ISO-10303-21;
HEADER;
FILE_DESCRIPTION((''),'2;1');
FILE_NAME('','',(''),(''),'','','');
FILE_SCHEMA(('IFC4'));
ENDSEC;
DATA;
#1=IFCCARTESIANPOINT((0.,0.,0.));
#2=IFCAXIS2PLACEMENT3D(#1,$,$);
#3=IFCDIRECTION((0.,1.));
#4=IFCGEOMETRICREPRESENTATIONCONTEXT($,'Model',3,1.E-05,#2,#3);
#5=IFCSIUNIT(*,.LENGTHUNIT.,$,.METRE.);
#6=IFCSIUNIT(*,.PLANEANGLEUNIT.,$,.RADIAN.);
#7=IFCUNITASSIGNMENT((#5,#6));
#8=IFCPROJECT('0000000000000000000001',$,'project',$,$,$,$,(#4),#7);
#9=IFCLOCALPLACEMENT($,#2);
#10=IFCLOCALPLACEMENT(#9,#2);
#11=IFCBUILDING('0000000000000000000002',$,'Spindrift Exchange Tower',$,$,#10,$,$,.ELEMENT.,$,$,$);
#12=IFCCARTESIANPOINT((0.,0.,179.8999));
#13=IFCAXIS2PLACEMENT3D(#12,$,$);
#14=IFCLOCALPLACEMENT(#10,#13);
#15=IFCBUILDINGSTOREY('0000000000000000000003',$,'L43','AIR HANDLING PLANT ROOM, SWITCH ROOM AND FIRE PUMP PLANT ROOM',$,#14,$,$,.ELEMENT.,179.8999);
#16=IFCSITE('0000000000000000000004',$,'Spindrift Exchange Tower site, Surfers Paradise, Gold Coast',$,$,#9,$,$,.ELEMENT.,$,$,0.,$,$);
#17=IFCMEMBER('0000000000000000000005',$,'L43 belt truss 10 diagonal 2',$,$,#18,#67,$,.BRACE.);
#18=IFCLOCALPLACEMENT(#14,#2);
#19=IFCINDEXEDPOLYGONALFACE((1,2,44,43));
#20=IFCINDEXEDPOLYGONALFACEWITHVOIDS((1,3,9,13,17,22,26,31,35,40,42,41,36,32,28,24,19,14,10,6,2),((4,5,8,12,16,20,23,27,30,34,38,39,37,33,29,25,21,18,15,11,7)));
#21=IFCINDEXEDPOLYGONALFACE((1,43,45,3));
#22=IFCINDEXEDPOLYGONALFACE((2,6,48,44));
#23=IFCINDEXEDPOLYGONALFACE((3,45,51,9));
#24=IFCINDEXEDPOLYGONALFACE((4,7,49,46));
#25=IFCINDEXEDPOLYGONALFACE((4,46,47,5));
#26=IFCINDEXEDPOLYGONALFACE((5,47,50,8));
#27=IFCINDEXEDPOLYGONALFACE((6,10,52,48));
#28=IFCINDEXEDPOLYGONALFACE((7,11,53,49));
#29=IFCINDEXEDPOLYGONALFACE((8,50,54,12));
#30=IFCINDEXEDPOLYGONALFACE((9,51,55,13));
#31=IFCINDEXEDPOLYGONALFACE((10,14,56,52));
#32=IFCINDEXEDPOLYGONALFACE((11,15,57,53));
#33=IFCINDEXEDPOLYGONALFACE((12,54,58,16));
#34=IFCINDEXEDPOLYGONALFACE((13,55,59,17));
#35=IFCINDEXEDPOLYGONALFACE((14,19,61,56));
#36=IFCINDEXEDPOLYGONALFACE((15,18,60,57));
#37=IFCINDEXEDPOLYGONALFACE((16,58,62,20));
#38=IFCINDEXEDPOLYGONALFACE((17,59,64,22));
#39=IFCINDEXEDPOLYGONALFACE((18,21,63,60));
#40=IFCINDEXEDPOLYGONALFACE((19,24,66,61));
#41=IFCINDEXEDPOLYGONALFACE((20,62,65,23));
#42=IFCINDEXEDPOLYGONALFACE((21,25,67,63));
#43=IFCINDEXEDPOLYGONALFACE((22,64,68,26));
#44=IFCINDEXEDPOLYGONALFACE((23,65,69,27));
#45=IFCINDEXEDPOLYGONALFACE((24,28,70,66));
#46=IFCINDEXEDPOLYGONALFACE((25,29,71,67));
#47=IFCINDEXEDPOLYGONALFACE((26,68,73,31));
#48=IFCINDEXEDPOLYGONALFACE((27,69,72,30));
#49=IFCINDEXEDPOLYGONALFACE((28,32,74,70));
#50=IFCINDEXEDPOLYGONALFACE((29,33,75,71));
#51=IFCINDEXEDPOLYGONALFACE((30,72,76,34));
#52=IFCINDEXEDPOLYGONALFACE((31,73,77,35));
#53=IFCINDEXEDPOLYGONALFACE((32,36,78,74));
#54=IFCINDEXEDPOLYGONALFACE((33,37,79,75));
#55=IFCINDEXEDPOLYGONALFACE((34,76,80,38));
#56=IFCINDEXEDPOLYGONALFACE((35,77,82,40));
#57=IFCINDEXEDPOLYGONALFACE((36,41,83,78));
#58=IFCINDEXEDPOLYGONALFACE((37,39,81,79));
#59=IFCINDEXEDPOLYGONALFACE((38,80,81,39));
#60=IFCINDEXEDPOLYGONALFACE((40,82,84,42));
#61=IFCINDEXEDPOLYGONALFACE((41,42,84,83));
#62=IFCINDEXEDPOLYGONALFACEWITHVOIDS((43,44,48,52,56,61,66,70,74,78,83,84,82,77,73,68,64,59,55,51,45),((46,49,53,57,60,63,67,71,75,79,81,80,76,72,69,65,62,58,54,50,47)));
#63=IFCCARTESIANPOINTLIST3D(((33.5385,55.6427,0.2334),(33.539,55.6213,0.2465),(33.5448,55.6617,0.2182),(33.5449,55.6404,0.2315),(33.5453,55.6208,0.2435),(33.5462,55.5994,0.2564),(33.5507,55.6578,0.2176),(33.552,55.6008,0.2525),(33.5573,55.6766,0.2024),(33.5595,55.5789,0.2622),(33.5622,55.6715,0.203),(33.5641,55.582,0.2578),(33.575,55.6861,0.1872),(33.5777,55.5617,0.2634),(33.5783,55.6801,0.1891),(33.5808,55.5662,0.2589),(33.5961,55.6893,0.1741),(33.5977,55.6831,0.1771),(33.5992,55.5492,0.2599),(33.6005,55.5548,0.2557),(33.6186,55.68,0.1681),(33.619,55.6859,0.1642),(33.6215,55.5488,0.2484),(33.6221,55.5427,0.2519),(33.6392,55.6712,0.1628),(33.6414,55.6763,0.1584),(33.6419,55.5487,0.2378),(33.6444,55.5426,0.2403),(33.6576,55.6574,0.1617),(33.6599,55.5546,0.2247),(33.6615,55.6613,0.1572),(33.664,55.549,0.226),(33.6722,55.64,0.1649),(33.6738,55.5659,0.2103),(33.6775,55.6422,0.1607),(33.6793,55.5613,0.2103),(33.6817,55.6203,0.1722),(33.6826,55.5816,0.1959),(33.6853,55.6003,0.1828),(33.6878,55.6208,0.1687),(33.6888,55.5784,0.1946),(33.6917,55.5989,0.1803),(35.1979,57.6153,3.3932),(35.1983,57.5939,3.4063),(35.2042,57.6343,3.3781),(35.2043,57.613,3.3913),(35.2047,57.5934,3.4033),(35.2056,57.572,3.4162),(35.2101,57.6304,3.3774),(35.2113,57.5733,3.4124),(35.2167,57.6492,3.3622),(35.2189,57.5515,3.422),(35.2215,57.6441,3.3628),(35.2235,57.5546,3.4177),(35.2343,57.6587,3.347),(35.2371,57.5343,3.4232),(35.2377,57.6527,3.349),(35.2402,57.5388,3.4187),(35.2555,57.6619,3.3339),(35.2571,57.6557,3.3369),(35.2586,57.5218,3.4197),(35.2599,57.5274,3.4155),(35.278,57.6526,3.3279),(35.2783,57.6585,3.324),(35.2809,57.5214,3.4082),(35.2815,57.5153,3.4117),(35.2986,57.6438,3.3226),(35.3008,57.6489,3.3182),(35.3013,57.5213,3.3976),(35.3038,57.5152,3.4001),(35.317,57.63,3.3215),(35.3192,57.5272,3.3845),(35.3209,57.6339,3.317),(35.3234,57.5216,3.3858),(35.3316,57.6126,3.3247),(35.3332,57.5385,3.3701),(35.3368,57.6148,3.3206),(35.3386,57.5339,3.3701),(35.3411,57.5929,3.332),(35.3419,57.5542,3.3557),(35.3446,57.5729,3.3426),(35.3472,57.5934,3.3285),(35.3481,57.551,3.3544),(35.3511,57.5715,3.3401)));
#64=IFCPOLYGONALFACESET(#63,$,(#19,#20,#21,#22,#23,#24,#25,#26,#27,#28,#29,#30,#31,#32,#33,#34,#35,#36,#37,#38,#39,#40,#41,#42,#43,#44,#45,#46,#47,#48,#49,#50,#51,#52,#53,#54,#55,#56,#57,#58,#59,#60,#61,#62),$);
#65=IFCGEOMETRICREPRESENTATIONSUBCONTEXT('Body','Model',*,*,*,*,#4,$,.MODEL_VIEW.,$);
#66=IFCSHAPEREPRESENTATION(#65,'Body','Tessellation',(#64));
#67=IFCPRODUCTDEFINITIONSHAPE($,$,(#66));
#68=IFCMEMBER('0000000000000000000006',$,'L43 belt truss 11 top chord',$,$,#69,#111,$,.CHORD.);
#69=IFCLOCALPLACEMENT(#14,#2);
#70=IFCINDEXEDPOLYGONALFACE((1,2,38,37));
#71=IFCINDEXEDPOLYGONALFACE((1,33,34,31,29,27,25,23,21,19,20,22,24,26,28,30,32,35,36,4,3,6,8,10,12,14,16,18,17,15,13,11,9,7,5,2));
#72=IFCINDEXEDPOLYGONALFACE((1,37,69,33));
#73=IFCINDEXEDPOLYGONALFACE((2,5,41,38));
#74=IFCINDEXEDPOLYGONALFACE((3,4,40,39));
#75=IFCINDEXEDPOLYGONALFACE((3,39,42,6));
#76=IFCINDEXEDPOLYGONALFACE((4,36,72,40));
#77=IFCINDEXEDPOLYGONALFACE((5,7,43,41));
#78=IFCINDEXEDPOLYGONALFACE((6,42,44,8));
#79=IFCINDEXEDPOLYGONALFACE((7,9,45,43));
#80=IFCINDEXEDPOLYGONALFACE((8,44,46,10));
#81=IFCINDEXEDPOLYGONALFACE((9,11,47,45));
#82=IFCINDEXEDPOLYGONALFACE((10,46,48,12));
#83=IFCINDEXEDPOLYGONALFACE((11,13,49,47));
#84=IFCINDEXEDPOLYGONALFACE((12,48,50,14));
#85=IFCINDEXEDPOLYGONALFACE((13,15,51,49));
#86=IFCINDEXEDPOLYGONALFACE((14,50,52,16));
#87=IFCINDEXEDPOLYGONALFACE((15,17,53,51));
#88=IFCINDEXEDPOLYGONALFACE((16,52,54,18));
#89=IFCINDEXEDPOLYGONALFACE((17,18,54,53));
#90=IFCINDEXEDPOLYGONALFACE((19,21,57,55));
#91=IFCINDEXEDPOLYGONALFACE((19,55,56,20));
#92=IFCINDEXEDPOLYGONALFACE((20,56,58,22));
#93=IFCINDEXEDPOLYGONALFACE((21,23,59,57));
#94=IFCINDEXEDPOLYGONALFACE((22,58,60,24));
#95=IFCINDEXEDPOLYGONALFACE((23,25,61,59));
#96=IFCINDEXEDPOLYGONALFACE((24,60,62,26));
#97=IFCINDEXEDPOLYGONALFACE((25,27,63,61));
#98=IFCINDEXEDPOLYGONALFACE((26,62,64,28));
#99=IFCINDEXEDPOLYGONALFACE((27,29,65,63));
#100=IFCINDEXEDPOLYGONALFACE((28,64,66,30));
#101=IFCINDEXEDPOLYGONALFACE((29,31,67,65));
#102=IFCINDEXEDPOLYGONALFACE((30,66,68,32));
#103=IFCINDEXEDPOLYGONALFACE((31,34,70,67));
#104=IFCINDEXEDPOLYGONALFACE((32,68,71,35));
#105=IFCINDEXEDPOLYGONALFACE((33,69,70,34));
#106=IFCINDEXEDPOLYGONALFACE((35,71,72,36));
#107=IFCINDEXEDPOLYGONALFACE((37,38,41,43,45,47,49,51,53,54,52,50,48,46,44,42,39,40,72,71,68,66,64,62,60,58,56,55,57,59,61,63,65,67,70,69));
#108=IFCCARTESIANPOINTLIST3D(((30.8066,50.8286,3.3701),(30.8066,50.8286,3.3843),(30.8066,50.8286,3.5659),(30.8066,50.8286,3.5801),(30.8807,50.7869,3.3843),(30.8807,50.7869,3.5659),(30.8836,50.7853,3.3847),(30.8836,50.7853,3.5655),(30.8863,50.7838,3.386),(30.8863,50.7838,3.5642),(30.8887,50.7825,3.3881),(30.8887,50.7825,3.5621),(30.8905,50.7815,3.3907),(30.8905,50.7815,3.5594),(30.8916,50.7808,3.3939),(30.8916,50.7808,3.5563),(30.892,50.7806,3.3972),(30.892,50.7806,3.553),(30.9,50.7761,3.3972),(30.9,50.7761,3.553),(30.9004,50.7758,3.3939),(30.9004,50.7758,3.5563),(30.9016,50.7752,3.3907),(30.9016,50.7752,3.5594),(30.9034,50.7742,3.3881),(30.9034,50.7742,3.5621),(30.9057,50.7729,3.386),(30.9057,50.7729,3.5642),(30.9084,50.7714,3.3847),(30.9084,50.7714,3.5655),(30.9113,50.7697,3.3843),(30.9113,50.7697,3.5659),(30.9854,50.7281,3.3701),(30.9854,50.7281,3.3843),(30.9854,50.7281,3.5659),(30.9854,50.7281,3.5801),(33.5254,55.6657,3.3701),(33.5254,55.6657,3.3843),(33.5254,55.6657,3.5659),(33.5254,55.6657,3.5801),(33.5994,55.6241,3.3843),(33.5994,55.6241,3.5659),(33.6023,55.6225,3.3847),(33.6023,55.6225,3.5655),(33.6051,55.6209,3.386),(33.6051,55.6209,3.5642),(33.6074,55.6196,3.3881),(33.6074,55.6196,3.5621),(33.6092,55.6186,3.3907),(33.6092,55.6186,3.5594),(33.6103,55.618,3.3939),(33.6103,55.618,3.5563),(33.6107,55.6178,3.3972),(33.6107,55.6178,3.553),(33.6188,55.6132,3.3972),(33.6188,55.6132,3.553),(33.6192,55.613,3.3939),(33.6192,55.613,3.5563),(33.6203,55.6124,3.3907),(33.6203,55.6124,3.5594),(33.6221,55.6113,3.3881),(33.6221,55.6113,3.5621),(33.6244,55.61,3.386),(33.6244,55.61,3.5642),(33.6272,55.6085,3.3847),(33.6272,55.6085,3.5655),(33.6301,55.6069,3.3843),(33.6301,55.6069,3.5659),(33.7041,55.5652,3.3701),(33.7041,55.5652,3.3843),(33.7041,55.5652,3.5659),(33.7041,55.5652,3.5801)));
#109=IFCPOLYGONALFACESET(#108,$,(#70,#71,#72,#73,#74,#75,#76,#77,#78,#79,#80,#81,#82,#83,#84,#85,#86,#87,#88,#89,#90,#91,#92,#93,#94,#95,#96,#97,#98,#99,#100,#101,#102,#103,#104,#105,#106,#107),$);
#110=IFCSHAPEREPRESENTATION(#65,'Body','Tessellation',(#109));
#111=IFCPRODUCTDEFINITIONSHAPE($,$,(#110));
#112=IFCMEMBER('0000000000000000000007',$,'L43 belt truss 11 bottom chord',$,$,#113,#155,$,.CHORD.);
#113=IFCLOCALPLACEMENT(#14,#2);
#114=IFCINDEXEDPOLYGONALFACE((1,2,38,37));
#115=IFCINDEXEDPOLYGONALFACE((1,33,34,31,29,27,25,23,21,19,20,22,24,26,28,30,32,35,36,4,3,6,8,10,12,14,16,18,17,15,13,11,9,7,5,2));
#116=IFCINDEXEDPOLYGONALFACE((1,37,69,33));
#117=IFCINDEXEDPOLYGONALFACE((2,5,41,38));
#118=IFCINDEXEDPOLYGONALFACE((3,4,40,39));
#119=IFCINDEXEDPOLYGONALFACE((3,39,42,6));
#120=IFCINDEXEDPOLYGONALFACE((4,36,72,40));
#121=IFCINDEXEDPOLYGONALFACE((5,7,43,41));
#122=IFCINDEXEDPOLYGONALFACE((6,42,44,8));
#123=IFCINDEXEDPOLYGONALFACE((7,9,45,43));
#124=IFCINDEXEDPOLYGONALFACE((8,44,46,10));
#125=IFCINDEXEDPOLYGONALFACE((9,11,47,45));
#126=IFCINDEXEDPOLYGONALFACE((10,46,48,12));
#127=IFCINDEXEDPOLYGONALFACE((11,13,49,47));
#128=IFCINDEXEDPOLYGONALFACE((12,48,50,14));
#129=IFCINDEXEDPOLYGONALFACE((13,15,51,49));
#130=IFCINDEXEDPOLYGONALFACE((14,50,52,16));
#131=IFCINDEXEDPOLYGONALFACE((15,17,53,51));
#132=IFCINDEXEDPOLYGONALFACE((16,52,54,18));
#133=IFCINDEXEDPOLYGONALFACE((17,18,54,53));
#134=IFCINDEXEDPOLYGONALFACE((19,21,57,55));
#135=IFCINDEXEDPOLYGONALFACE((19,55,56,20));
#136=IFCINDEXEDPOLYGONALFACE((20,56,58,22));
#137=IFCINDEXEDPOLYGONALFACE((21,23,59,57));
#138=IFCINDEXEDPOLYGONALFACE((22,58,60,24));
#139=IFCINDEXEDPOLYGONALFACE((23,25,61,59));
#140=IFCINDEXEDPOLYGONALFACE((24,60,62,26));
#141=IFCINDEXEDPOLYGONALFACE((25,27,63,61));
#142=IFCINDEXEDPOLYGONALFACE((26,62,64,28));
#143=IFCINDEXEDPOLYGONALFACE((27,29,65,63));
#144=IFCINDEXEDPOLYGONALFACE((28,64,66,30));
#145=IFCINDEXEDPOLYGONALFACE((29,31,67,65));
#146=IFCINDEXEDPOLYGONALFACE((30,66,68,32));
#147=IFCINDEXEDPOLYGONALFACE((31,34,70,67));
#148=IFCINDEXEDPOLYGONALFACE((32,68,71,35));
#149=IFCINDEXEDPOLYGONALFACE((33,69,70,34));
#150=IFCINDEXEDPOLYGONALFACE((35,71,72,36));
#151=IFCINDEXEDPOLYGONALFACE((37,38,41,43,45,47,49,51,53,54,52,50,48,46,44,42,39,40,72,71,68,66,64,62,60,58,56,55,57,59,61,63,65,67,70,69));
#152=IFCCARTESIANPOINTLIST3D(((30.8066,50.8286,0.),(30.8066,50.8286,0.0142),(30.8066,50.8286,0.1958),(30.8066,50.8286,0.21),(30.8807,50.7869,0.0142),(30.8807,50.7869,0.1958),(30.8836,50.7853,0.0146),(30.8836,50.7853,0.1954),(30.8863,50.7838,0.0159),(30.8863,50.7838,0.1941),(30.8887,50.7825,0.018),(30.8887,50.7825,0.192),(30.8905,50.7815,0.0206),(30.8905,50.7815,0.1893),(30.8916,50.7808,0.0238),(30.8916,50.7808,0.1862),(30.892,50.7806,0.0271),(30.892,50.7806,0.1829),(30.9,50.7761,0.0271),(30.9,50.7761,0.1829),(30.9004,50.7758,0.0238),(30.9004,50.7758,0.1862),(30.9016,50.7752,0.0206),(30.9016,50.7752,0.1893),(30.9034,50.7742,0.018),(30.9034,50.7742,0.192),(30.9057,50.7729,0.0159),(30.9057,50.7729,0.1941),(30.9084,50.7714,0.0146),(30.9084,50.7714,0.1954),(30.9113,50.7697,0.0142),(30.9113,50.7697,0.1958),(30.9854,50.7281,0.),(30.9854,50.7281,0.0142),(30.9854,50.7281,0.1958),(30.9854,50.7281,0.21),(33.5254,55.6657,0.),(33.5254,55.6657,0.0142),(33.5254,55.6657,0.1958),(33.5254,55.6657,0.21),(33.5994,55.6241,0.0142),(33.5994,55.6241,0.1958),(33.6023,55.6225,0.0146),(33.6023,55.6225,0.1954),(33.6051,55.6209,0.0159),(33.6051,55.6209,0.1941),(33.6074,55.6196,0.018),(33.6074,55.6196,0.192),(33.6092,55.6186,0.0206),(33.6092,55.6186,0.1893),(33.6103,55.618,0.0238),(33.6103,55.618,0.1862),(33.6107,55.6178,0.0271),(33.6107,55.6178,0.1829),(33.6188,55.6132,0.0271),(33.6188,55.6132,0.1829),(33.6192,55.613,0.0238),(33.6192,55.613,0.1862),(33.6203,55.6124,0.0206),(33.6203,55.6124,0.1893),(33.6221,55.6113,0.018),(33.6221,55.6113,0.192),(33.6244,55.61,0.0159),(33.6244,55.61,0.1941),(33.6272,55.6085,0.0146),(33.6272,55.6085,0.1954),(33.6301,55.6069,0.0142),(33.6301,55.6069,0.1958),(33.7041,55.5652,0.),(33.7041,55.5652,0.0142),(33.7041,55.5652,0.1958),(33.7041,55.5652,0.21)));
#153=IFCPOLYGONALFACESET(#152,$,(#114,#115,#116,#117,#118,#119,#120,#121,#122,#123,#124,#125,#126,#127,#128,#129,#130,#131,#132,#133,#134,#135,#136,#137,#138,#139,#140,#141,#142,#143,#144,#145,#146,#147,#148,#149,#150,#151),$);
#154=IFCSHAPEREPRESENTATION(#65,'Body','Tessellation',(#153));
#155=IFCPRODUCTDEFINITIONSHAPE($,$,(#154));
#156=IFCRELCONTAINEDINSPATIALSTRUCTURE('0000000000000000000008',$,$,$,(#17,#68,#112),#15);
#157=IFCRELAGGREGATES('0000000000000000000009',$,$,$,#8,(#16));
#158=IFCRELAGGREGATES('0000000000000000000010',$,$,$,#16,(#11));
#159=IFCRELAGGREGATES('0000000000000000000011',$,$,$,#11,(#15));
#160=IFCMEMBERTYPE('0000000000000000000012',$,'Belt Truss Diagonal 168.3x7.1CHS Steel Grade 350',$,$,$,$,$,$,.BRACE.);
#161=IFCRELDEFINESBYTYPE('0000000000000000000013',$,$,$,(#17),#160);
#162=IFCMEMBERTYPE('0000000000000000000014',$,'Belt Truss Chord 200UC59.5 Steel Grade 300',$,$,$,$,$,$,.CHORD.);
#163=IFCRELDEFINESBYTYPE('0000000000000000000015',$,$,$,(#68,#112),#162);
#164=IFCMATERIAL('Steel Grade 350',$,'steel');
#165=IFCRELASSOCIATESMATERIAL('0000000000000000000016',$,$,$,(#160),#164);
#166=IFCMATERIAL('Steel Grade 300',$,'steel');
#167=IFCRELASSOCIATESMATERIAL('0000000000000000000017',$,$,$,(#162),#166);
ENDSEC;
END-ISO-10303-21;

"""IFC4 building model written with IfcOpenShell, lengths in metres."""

from ifc_helpers import new_model, si_unit, direction, frame, origin, origin_2d, place, context, subcontext, project, spatial, hollow_circle, i_section, extrude, source, transform, mapped, material, material_profile, profile_set, type_object, element, save


model = new_model("IFC4")

# Units and contexts
model_context = context("Model", 3, precision=1e-05, world=origin(), true_north=direction((0.0, 1.0)))
body_context = subcontext(model_context, "Body", "Model", "MODEL_VIEW")
ifc_project = project(units=[si_unit("LENGTHUNIT", "METRE"), si_unit("PLANEANGLEUNIT", "RADIAN")], contexts=[model_context])

# Site, building, storey
site_placement = place(None, origin())
site = spatial("IfcSite", under=ifc_project, at=site_placement, Name="Spindrift Exchange Tower site, Surfers Paradise, Gold Coast", CompositionType="ELEMENT", RefElevation=0.0)
building_placement = place(site_placement, origin())
building = spatial("IfcBuilding", under=site, at=building_placement, Name="Spindrift Exchange Tower", CompositionType="ELEMENT")
storey_placement = place(building_placement, frame((0.0, 0.0, 179.8999)))
storey = spatial("IfcBuildingStorey", under=building, at=storey_placement, Name="L43", Description="AIR HANDLING PLANT ROOM, SWITCH ROOM AND FIRE PUMP PLANT ROOM", CompositionType="ELEMENT", Elevation=179.8999)

# Shared definitions
ifc_material_1 = material(Name="Steel Grade 300", Category="steel")

# Members
ifc_material_2 = material(Name="Steel Grade 350", Category="steel")
ifc_material_profile_1 = material_profile(ifc_material_2, hollow_circle(Radius=0.0842, WallThickness=0.0071, at=origin_2d()), Name="168.3x7.1CHS")
ifc_profile_set_1 = profile_set([ifc_material_profile_1], Name="Steel Grade 350")
member_type_1 = type_object("IfcMemberType", Name="Belt Truss Diagonal 168.3x7.1CHS Steel Grade 350", PredefinedType="BRACE", material=ifc_profile_set_1)
shared_shape_1 = source(origin(), body_context, "Body", "SweptSolid", [
    extrude(hollow_circle(Radius=0.0842, WallThickness=0.0071, at=origin_2d()), origin(), (0.0, 0.0, 1.0), 4.0779),
])
member_1_placement = place(storey_placement, frame((35.2742, 57.5881, 3.3701), z_axis=(-0.406921, -0.483731, -0.774868), x_axis=(0.765248, -0.643736, 0.0)))
element("IfcMember", 1, at=member_1_placement, inside=storey, type_object=member_type_1, Name="L43 belt truss 10 diagonal 2", PredefinedType="BRACE", context=body_context, shape_type="MappedRepresentation", body=[
    mapped(shared_shape_1, transform((0.0, 0.0, 0.0), scale=1.0)),
])
ifc_material_profile_2 = material_profile(ifc_material_1, i_section(OverallWidth=0.2051, OverallDepth=0.21, WebThickness=0.0093, FlangeThickness=0.0142, FilletRadius=0.0129, at=origin_2d()), Name="200UC59.5")
ifc_profile_set_2 = profile_set([ifc_material_profile_2], Name="Steel Grade 300")
member_type_2 = type_object("IfcMemberType", Name="Belt Truss Chord 200UC59.5 Steel Grade 300", PredefinedType="CHORD", material=ifc_profile_set_2)
shared_shape_2 = source(origin(), body_context, "Body", "SweptSolid", [
    extrude(i_section(OverallWidth=0.2051, OverallDepth=0.21, WebThickness=0.0093, FlangeThickness=0.0142, FilletRadius=0.0129, at=origin_2d()), origin(), (0.0, 0.0, 1.0), 5.5488),
])
for number, where, z_axis, x_axis, name in (
    (2, (33.6147, 55.6155, 3.4751), (-0.489967, -0.871741, 0.0), (0.871741, -0.489967, 0.0), "L43 belt truss 11 top chord"),
    (3, (33.6147, 55.6155, 0.105), (-0.489967, -0.871741, 0.0), (0.871741, -0.489967, 0.0), "L43 belt truss 11 bottom chord"),
):
    element("IfcMember", number, at=place(storey_placement, frame(where, z_axis=z_axis, x_axis=x_axis)), inside=storey, type_object=member_type_2, Name=name, PredefinedType="CHORD", context=body_context, shape_type="MappedRepresentation", body=[
        mapped(shared_shape_2, transform((0.0, 0.0, 0.0), scale=1.0)),
    ])

save(model, "model.ifc")
